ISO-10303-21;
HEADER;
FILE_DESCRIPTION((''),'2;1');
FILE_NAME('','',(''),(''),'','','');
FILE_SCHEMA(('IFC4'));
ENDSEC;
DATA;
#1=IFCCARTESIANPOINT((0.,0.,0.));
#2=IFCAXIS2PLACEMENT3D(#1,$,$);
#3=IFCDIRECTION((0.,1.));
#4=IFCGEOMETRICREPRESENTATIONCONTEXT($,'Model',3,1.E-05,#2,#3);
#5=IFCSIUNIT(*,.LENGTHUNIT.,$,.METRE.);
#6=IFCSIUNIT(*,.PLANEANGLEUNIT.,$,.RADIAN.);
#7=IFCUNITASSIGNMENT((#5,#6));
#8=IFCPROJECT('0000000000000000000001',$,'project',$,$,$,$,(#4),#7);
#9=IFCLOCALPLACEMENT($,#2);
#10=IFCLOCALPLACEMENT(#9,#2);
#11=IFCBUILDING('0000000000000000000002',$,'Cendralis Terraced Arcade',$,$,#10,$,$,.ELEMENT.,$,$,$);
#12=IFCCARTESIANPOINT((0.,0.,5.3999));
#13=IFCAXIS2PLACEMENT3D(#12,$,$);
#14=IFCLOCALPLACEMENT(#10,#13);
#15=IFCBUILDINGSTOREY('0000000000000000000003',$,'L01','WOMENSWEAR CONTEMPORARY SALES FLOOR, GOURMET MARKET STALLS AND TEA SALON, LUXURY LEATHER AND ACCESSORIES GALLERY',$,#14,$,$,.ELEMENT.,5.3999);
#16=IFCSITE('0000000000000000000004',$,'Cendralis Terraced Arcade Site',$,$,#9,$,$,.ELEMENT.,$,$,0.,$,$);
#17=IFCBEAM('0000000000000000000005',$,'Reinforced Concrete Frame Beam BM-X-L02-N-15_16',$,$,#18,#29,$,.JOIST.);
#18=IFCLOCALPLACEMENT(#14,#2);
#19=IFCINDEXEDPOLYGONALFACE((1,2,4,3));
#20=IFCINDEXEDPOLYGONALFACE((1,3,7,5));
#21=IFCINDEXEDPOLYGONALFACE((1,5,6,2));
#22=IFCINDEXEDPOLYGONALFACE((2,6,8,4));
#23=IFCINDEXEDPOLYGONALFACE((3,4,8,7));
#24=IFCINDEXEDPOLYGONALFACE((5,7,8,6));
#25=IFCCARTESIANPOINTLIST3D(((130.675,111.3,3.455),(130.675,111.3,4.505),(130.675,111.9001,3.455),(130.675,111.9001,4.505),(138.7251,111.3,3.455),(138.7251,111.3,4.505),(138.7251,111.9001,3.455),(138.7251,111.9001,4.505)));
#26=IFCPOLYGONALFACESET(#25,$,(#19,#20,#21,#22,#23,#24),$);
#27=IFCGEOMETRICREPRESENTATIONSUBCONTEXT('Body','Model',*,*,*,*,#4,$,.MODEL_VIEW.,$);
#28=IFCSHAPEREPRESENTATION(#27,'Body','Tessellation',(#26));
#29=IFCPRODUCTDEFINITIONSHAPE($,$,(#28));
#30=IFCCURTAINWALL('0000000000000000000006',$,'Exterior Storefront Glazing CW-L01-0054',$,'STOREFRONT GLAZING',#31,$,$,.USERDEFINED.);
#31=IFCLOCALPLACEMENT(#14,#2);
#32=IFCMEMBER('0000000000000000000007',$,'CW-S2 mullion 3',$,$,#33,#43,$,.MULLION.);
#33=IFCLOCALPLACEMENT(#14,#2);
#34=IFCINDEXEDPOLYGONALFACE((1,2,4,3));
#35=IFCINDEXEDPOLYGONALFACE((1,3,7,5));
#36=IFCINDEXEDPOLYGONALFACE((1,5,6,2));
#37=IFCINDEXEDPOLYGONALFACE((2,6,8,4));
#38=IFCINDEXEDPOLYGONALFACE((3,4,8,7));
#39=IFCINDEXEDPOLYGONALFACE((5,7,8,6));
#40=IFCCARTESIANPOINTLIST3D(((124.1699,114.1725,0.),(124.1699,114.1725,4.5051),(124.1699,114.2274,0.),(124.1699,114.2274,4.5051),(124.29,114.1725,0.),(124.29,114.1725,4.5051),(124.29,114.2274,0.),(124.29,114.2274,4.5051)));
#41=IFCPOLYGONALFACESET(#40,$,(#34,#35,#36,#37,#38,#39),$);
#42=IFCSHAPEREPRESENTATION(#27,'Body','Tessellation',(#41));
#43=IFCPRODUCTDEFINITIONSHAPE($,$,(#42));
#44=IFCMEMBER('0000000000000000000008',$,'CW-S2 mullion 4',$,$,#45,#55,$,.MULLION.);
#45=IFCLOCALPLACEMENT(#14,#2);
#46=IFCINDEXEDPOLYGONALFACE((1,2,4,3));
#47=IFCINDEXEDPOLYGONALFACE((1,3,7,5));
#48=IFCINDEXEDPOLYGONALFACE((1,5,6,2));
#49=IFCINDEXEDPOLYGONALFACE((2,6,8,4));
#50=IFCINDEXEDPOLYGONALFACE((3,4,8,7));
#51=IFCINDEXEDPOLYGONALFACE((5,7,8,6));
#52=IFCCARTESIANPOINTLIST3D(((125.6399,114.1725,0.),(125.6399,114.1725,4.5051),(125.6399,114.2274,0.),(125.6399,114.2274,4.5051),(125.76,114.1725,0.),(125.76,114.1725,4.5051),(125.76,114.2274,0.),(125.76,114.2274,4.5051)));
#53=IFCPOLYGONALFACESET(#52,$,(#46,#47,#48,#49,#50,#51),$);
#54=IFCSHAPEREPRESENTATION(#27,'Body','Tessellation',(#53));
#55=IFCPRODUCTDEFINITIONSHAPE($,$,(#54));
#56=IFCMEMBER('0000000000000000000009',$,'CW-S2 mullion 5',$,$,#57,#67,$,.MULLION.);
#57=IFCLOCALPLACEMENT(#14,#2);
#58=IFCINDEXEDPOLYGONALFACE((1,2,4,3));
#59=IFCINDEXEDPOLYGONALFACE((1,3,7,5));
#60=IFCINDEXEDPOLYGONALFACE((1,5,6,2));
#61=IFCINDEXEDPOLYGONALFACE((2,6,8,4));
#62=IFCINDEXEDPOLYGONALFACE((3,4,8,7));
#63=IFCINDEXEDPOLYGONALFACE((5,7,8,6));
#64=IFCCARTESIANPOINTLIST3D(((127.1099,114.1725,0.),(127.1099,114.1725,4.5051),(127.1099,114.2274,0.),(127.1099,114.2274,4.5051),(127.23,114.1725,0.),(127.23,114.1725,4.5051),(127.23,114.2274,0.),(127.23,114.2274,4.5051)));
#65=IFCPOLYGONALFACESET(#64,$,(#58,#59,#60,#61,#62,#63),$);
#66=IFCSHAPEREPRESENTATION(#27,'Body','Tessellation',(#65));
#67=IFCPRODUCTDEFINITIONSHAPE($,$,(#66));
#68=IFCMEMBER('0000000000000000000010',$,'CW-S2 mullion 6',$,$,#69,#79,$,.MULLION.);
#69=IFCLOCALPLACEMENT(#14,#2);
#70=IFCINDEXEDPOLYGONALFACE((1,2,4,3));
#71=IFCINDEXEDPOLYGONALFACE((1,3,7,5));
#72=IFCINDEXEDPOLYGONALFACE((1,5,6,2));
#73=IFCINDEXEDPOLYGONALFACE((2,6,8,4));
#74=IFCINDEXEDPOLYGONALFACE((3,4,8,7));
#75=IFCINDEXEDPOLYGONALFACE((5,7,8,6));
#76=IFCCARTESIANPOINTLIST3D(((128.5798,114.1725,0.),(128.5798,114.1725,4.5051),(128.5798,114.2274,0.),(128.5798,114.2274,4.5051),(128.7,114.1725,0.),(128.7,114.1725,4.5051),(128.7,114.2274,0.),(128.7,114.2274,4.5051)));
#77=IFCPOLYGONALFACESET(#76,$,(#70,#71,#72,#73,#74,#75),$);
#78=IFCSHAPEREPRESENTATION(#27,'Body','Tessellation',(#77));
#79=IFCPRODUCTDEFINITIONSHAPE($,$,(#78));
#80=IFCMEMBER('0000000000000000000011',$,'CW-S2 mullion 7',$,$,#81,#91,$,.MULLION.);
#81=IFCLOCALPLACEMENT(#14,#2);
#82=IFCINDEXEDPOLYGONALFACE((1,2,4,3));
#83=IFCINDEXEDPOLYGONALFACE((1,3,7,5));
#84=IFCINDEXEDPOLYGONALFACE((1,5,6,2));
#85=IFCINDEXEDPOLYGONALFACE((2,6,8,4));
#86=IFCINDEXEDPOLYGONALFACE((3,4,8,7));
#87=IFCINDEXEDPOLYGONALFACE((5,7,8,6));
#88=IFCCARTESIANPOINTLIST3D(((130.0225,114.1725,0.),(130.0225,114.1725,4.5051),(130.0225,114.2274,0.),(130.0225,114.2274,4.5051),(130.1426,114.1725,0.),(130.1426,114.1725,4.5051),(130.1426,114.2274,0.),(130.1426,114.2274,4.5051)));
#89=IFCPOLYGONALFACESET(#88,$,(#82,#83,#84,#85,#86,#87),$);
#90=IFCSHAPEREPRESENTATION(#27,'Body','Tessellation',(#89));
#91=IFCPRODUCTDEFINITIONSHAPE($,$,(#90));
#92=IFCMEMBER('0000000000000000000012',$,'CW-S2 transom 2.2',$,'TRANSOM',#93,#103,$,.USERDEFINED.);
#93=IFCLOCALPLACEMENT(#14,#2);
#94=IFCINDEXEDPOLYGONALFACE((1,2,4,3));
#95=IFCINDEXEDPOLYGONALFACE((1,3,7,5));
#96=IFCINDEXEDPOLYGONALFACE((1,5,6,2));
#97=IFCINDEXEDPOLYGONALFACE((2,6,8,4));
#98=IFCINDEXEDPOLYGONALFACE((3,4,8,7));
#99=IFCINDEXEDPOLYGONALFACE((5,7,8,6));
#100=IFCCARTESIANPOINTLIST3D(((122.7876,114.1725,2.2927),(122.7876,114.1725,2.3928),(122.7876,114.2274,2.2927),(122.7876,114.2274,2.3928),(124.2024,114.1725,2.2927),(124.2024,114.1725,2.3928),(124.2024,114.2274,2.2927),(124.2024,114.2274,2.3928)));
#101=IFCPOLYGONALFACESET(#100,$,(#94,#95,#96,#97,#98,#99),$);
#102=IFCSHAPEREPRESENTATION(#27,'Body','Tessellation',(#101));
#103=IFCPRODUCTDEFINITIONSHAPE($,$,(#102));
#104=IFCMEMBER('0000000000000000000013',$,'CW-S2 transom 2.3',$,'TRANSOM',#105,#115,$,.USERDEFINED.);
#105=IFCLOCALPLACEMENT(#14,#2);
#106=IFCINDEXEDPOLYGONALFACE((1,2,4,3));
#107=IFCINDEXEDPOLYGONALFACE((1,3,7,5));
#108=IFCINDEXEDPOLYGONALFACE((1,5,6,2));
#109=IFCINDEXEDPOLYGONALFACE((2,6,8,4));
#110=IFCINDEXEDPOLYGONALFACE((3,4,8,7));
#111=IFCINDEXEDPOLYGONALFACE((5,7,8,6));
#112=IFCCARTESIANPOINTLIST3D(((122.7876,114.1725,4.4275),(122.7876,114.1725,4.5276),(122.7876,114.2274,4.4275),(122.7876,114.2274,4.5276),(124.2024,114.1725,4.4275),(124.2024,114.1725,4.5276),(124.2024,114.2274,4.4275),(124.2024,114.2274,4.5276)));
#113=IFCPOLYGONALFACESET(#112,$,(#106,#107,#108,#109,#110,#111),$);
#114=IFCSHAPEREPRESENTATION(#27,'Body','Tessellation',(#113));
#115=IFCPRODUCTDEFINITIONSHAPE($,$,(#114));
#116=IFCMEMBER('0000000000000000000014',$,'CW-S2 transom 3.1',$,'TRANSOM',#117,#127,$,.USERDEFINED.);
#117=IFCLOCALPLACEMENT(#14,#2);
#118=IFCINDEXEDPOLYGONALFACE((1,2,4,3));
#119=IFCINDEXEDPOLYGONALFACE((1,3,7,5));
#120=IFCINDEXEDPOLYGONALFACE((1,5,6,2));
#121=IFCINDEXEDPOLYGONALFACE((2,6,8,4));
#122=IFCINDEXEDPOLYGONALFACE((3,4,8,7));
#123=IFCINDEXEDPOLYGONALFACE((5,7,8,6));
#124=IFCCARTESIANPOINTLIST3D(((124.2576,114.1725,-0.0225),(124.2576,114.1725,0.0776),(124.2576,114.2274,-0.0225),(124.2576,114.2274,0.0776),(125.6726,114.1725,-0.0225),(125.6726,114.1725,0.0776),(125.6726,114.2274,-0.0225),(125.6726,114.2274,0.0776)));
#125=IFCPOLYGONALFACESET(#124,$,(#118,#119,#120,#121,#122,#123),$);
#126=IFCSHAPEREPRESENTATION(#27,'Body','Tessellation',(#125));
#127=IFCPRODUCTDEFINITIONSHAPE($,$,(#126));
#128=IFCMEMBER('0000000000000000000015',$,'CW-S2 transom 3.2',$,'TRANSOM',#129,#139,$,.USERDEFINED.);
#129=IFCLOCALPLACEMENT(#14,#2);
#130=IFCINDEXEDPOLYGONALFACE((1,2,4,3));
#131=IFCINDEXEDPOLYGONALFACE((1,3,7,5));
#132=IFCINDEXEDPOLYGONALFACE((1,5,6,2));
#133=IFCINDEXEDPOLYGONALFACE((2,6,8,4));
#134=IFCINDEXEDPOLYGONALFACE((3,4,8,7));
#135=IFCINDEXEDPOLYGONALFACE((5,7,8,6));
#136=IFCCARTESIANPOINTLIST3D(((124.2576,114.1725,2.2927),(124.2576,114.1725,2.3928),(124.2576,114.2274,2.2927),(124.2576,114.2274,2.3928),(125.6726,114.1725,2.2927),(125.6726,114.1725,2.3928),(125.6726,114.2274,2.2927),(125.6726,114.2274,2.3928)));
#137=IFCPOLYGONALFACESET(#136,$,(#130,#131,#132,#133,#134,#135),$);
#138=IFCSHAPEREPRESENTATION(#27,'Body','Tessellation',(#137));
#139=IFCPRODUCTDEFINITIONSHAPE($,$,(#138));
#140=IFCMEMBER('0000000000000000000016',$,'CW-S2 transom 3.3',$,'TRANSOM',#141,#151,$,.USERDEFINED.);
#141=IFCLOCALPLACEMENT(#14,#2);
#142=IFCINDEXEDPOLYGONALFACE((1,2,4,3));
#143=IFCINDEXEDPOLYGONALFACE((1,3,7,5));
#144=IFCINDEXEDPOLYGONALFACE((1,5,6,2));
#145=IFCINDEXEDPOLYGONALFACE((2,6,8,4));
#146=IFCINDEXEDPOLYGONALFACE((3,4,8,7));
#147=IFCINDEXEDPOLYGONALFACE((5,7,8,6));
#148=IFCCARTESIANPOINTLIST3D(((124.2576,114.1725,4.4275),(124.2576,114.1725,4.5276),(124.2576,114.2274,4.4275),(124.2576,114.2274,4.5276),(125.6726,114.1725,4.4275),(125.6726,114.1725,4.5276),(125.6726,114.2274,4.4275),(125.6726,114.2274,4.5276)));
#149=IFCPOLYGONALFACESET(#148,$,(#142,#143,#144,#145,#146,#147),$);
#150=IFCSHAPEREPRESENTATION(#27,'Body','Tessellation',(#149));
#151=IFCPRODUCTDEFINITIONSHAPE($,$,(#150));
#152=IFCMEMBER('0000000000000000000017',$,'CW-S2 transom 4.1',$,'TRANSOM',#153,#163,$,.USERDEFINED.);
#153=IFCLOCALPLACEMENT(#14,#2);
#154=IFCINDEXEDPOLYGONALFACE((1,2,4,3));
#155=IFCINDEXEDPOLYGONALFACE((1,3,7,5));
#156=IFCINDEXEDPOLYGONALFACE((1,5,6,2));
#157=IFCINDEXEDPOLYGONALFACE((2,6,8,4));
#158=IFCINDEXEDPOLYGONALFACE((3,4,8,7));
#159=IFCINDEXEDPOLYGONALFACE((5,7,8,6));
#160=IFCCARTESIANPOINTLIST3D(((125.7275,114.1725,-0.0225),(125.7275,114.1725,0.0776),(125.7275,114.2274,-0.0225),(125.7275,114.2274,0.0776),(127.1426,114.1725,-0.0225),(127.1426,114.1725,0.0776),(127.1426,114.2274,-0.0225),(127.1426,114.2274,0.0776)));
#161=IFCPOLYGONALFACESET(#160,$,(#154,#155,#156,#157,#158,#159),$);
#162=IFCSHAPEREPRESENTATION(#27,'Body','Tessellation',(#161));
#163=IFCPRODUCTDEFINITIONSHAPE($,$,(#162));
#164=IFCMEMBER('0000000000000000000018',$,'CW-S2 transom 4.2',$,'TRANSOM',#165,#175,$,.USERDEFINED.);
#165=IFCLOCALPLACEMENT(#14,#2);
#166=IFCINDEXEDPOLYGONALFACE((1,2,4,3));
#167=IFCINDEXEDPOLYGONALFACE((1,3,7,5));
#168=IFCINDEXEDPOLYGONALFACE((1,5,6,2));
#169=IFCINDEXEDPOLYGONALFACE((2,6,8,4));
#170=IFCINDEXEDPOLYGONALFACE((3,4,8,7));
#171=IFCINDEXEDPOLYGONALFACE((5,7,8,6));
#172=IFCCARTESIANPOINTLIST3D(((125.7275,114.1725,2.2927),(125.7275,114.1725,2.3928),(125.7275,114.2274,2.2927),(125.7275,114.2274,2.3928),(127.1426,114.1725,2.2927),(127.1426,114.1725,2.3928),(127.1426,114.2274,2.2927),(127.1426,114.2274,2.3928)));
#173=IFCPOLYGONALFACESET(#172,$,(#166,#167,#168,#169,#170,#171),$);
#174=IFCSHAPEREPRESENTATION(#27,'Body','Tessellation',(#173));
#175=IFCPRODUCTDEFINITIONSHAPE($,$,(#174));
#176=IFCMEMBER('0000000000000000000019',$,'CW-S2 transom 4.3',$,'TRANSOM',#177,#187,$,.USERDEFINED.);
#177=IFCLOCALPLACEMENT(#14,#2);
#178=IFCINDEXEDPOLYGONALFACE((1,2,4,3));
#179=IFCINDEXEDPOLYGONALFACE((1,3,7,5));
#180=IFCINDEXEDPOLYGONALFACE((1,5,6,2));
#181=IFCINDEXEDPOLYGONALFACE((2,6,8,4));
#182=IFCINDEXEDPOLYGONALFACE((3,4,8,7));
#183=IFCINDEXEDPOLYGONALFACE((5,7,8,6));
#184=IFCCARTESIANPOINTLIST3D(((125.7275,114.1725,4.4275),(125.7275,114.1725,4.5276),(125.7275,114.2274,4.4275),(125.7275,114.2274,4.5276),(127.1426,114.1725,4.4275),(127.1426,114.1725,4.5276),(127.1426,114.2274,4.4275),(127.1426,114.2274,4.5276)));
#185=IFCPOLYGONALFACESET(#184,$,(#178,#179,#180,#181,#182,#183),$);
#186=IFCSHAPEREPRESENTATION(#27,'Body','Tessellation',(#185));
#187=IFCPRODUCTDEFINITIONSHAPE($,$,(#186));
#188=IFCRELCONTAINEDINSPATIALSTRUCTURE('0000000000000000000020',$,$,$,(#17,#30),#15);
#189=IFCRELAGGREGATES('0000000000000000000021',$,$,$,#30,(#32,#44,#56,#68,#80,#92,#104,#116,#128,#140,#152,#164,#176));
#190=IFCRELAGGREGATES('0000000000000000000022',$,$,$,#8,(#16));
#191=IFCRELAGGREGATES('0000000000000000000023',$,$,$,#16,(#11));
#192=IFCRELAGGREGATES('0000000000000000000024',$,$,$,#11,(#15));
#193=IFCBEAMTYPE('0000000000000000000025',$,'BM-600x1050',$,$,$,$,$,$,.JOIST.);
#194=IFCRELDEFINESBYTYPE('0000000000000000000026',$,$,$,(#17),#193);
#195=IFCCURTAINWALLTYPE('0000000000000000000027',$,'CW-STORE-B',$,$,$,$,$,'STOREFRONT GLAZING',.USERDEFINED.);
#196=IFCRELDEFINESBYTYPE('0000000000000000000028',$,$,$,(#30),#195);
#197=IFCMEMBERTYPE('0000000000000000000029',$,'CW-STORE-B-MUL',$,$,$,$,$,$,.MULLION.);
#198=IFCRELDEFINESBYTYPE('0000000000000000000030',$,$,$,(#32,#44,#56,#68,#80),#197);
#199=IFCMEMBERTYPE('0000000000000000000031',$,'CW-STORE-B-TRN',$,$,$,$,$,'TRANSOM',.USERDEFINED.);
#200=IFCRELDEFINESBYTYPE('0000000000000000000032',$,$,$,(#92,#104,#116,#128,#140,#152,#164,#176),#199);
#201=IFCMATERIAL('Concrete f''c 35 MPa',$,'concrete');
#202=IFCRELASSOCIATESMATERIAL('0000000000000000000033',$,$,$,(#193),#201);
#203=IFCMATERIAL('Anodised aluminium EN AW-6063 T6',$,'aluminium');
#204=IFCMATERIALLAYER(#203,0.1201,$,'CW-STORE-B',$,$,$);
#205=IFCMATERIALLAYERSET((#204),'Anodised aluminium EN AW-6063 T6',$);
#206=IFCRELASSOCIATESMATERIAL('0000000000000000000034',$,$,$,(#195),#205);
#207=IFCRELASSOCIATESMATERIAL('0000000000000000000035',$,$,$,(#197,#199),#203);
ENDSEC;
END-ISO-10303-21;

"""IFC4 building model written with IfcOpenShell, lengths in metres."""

from ifc_helpers import new_model, si_unit, direction, frame, origin, origin_2d, place, context, subcontext, project, spatial, rectangle, extrude, material, layer, layer_set, material_profile, profile_set, type_object, element, aggregate, save


model = new_model("IFC4")

# Units and contexts
model_context = context("Model", 3, precision=1e-05, world=origin(), true_north=direction((0.0, 1.0)))
body_context = subcontext(model_context, "Body", "Model", "MODEL_VIEW")
ifc_project = project(units=[si_unit("LENGTHUNIT", "METRE"), si_unit("PLANEANGLEUNIT", "RADIAN")], contexts=[model_context])

# Site, building, storey
site_placement = place(None, origin())
site = spatial("IfcSite", under=ifc_project, at=site_placement, Name="Cendralis Terraced Arcade Site", CompositionType="ELEMENT", RefElevation=0.0)
building_placement = place(site_placement, origin())
building = spatial("IfcBuilding", under=site, at=building_placement, Name="Cendralis Terraced Arcade", CompositionType="ELEMENT")
storey_placement = place(building_placement, frame((0.0, 0.0, 5.3999)))
storey = spatial("IfcBuildingStorey", under=building, at=storey_placement, Name="L01", Description="WOMENSWEAR CONTEMPORARY SALES FLOOR, GOURMET MARKET STALLS AND TEA SALON, LUXURY LEATHER AND ACCESSORIES GALLERY", CompositionType="ELEMENT", Elevation=5.3999)

# Beam
ifc_material_1 = material(Name="Concrete f'c 35 MPa", Category="concrete")
ifc_material_profile_1 = material_profile(ifc_material_1, rectangle(XDim=0.6001, YDim=1.05, at=origin_2d()), Name="RC-BM-600x1050", Category="LoadBearing")
ifc_profile_set_1 = profile_set([ifc_material_profile_1], Name="Concrete f'c 35 MPa")
beam_type = type_object("IfcBeamType", Name="BM-600x1050", PredefinedType="JOIST", material=ifc_profile_set_1)
beam_placement = place(storey_placement, frame((130.675, 111.6001, 3.98), z_axis=(1.0, 0.0, 0.0), x_axis=(0.0, 1.0, 0.0)))
element("IfcBeam", 1, at=beam_placement, inside=storey, type_object=beam_type, Name="Reinforced Concrete Frame Beam BM-X-L02-N-15_16", PredefinedType="JOIST", context=body_context, shape_type="SweptSolid", body=[
    extrude(rectangle(XDim=0.6001, YDim=1.05, at=origin_2d()), origin(), (0.0, 0.0, 1.0), 8.05),
])

# Curtain wall, members
ifc_material_2 = material(Name="Anodised aluminium EN AW-6063 T6", Category="aluminium")
ifc_layer_1 = layer(ifc_material_2, 0.1201, Name="CW-STORE-B")
ifc_layer_set_1 = layer_set([ifc_layer_1], Name="Anodised aluminium EN AW-6063 T6")
curtain_wall_type = type_object("IfcCurtainWallType", Name="CW-STORE-B", ElementType="STOREFRONT GLAZING", PredefinedType="USERDEFINED", material=ifc_layer_set_1)
curtain_wall_placement = place(storey_placement, origin())
curtain_wall = element("IfcCurtainWall", 2, at=curtain_wall_placement, inside=storey, type_object=curtain_wall_type, Name="Exterior Storefront Glazing CW-L01-0054", ObjectType="STOREFRONT GLAZING", PredefinedType="USERDEFINED")
ifc_material_profile_2 = material_profile(ifc_material_2, rectangle(XDim=0.0549, YDim=0.1201, at=origin_2d()), Name="ALU-MUL-55x120")
ifc_profile_set_2 = profile_set([ifc_material_profile_2], Name="Anodised aluminium EN AW-6063 T6")
member_type_1 = type_object("IfcMemberType", Name="CW-STORE-B-MUL", PredefinedType="MULLION", material=ifc_profile_set_2)
member_1_placement = place(storey_placement, frame((124.23, 114.2, 0.0), z_axis=(0.0, 0.0, 1.0), x_axis=(0.0, 1.0, 0.0)))
member_1 = element("IfcMember", 3, at=member_1_placement, type_object=member_type_1, Name="CW-S2 mullion 3", PredefinedType="MULLION", context=body_context, shape_type="SweptSolid", body=[
    extrude(rectangle(XDim=0.0549, YDim=0.1201, at=origin_2d()), origin(), (0.0, 0.0, 1.0), 4.5051),
])
member_2_placement = place(storey_placement, frame((125.7, 114.2, 0.0), z_axis=(0.0, 0.0, 1.0), x_axis=(0.0, 1.0, 0.0)))
member_2 = element("IfcMember", 4, at=member_2_placement, type_object=member_type_1, Name="CW-S2 mullion 4", PredefinedType="MULLION", context=body_context, shape_type="SweptSolid", body=[
    extrude(rectangle(XDim=0.0549, YDim=0.1201, at=origin_2d()), origin(), (0.0, 0.0, 1.0), 4.5051),
])
member_3_placement = place(storey_placement, frame((127.1699, 114.2, 0.0), z_axis=(0.0, 0.0, 1.0), x_axis=(0.0, 1.0, 0.0)))
member_3 = element("IfcMember", 5, at=member_3_placement, type_object=member_type_1, Name="CW-S2 mullion 5", PredefinedType="MULLION", context=body_context, shape_type="SweptSolid", body=[
    extrude(rectangle(XDim=0.0549, YDim=0.1201, at=origin_2d()), origin(), (0.0, 0.0, 1.0), 4.5051),
])
member_4_placement = place(storey_placement, frame((128.6399, 114.2, 0.0), z_axis=(0.0, 0.0, 1.0), x_axis=(0.0, 1.0, 0.0)))
member_4 = element("IfcMember", 6, at=member_4_placement, type_object=member_type_1, Name="CW-S2 mullion 6", PredefinedType="MULLION", context=body_context, shape_type="SweptSolid", body=[
    extrude(rectangle(XDim=0.0549, YDim=0.1201, at=origin_2d()), origin(), (0.0, 0.0, 1.0), 4.5051),
])
member_5_placement = place(storey_placement, frame((130.0825, 114.2, 0.0), z_axis=(0.0, 0.0, 1.0), x_axis=(0.0, 1.0, 0.0)))
member_5 = element("IfcMember", 7, at=member_5_placement, type_object=member_type_1, Name="CW-S2 mullion 7", PredefinedType="MULLION", context=body_context, shape_type="SweptSolid", body=[
    extrude(rectangle(XDim=0.0549, YDim=0.1201, at=origin_2d()), origin(), (0.0, 0.0, 1.0), 4.5051),
])
ifc_material_profile_3 = material_profile(ifc_material_2, rectangle(XDim=0.0549, YDim=0.1001, at=origin_2d()), Name="ALU-TRN-55x100")
ifc_profile_set_3 = profile_set([ifc_material_profile_3], Name="Anodised aluminium EN AW-6063 T6")
member_type_2 = type_object("IfcMemberType", Name="CW-STORE-B-TRN", ElementType="TRANSOM", PredefinedType="USERDEFINED", material=ifc_profile_set_3)
member_6_placement = place(storey_placement, frame((122.7876, 114.2, 2.3428), z_axis=(1.0, 0.0, 0.0), x_axis=(0.0, 1.0, 0.0)))
member_6 = element("IfcMember", 8, at=member_6_placement, type_object=member_type_2, Name="CW-S2 transom 2.2", ObjectType="TRANSOM", PredefinedType="USERDEFINED", context=body_context, shape_type="SweptSolid", body=[
    extrude(rectangle(XDim=0.0549, YDim=0.1001, at=origin_2d()), origin(), (0.0, 0.0, 1.0), 1.4148),
])
member_7_placement = place(storey_placement, frame((122.7876, 114.2, 4.4775), z_axis=(1.0, 0.0, 0.0), x_axis=(0.0, 1.0, 0.0)))
member_7 = element("IfcMember", 9, at=member_7_placement, type_object=member_type_2, Name="CW-S2 transom 2.3", ObjectType="TRANSOM", PredefinedType="USERDEFINED", context=body_context, shape_type="SweptSolid", body=[
    extrude(rectangle(XDim=0.0549, YDim=0.1001, at=origin_2d()), origin(), (0.0, 0.0, 1.0), 1.4148),
])
member_8_placement = place(storey_placement, frame((124.2576, 114.2, 0.0276), z_axis=(1.0, 0.0, 0.0), x_axis=(0.0, 1.0, 0.0)))
member_8 = element("IfcMember", 10, at=member_8_placement, type_object=member_type_2, Name="CW-S2 transom 3.1", ObjectType="TRANSOM", PredefinedType="USERDEFINED", context=body_context, shape_type="SweptSolid", body=[
    extrude(rectangle(XDim=0.0549, YDim=0.1001, at=origin_2d()), origin(), (0.0, 0.0, 1.0), 1.415),
])
member_9_placement = place(storey_placement, frame((124.2576, 114.2, 2.3428), z_axis=(1.0, 0.0, 0.0), x_axis=(0.0, 1.0, 0.0)))
member_9 = element("IfcMember", 11, at=member_9_placement, type_object=member_type_2, Name="CW-S2 transom 3.2", ObjectType="TRANSOM", PredefinedType="USERDEFINED", context=body_context, shape_type="SweptSolid", body=[
    extrude(rectangle(XDim=0.0549, YDim=0.1001, at=origin_2d()), origin(), (0.0, 0.0, 1.0), 1.415),
])
member_10_placement = place(storey_placement, frame((124.2576, 114.2, 4.4775), z_axis=(1.0, 0.0, 0.0), x_axis=(0.0, 1.0, 0.0)))
member_10 = element("IfcMember", 12, at=member_10_placement, type_object=member_type_2, Name="CW-S2 transom 3.3", ObjectType="TRANSOM", PredefinedType="USERDEFINED", context=body_context, shape_type="SweptSolid", body=[
    extrude(rectangle(XDim=0.0549, YDim=0.1001, at=origin_2d()), origin(), (0.0, 0.0, 1.0), 1.415),
])
member_11_placement = place(storey_placement, frame((125.7275, 114.2, 0.0276), z_axis=(1.0, 0.0, 0.0), x_axis=(0.0, 1.0, 0.0)))
member_11 = element("IfcMember", 13, at=member_11_placement, type_object=member_type_2, Name="CW-S2 transom 4.1", ObjectType="TRANSOM", PredefinedType="USERDEFINED", context=body_context, shape_type="SweptSolid", body=[
    extrude(rectangle(XDim=0.0549, YDim=0.1001, at=origin_2d()), origin(), (0.0, 0.0, 1.0), 1.415),
])
member_12_placement = place(storey_placement, frame((125.7275, 114.2, 2.3428), z_axis=(1.0, 0.0, 0.0), x_axis=(0.0, 1.0, 0.0)))
member_12 = element("IfcMember", 14, at=member_12_placement, type_object=member_type_2, Name="CW-S2 transom 4.2", ObjectType="TRANSOM", PredefinedType="USERDEFINED", context=body_context, shape_type="SweptSolid", body=[
    extrude(rectangle(XDim=0.0549, YDim=0.1001, at=origin_2d()), origin(), (0.0, 0.0, 1.0), 1.415),
])
member_13_placement = place(storey_placement, frame((125.7275, 114.2, 4.4775), z_axis=(1.0, 0.0, 0.0), x_axis=(0.0, 1.0, 0.0)))
member_13 = element("IfcMember", 15, at=member_13_placement, type_object=member_type_2, Name="CW-S2 transom 4.3", ObjectType="TRANSOM", PredefinedType="USERDEFINED", context=body_context, shape_type="SweptSolid", body=[
    extrude(rectangle(XDim=0.0549, YDim=0.1001, at=origin_2d()), origin(), (0.0, 0.0, 1.0), 1.415),
])
aggregate(curtain_wall, [member_1, member_2, member_3, member_4, member_5, member_6, member_7, member_8, member_9, member_10, member_11, member_12, member_13])

save(model, "model.ifc")
